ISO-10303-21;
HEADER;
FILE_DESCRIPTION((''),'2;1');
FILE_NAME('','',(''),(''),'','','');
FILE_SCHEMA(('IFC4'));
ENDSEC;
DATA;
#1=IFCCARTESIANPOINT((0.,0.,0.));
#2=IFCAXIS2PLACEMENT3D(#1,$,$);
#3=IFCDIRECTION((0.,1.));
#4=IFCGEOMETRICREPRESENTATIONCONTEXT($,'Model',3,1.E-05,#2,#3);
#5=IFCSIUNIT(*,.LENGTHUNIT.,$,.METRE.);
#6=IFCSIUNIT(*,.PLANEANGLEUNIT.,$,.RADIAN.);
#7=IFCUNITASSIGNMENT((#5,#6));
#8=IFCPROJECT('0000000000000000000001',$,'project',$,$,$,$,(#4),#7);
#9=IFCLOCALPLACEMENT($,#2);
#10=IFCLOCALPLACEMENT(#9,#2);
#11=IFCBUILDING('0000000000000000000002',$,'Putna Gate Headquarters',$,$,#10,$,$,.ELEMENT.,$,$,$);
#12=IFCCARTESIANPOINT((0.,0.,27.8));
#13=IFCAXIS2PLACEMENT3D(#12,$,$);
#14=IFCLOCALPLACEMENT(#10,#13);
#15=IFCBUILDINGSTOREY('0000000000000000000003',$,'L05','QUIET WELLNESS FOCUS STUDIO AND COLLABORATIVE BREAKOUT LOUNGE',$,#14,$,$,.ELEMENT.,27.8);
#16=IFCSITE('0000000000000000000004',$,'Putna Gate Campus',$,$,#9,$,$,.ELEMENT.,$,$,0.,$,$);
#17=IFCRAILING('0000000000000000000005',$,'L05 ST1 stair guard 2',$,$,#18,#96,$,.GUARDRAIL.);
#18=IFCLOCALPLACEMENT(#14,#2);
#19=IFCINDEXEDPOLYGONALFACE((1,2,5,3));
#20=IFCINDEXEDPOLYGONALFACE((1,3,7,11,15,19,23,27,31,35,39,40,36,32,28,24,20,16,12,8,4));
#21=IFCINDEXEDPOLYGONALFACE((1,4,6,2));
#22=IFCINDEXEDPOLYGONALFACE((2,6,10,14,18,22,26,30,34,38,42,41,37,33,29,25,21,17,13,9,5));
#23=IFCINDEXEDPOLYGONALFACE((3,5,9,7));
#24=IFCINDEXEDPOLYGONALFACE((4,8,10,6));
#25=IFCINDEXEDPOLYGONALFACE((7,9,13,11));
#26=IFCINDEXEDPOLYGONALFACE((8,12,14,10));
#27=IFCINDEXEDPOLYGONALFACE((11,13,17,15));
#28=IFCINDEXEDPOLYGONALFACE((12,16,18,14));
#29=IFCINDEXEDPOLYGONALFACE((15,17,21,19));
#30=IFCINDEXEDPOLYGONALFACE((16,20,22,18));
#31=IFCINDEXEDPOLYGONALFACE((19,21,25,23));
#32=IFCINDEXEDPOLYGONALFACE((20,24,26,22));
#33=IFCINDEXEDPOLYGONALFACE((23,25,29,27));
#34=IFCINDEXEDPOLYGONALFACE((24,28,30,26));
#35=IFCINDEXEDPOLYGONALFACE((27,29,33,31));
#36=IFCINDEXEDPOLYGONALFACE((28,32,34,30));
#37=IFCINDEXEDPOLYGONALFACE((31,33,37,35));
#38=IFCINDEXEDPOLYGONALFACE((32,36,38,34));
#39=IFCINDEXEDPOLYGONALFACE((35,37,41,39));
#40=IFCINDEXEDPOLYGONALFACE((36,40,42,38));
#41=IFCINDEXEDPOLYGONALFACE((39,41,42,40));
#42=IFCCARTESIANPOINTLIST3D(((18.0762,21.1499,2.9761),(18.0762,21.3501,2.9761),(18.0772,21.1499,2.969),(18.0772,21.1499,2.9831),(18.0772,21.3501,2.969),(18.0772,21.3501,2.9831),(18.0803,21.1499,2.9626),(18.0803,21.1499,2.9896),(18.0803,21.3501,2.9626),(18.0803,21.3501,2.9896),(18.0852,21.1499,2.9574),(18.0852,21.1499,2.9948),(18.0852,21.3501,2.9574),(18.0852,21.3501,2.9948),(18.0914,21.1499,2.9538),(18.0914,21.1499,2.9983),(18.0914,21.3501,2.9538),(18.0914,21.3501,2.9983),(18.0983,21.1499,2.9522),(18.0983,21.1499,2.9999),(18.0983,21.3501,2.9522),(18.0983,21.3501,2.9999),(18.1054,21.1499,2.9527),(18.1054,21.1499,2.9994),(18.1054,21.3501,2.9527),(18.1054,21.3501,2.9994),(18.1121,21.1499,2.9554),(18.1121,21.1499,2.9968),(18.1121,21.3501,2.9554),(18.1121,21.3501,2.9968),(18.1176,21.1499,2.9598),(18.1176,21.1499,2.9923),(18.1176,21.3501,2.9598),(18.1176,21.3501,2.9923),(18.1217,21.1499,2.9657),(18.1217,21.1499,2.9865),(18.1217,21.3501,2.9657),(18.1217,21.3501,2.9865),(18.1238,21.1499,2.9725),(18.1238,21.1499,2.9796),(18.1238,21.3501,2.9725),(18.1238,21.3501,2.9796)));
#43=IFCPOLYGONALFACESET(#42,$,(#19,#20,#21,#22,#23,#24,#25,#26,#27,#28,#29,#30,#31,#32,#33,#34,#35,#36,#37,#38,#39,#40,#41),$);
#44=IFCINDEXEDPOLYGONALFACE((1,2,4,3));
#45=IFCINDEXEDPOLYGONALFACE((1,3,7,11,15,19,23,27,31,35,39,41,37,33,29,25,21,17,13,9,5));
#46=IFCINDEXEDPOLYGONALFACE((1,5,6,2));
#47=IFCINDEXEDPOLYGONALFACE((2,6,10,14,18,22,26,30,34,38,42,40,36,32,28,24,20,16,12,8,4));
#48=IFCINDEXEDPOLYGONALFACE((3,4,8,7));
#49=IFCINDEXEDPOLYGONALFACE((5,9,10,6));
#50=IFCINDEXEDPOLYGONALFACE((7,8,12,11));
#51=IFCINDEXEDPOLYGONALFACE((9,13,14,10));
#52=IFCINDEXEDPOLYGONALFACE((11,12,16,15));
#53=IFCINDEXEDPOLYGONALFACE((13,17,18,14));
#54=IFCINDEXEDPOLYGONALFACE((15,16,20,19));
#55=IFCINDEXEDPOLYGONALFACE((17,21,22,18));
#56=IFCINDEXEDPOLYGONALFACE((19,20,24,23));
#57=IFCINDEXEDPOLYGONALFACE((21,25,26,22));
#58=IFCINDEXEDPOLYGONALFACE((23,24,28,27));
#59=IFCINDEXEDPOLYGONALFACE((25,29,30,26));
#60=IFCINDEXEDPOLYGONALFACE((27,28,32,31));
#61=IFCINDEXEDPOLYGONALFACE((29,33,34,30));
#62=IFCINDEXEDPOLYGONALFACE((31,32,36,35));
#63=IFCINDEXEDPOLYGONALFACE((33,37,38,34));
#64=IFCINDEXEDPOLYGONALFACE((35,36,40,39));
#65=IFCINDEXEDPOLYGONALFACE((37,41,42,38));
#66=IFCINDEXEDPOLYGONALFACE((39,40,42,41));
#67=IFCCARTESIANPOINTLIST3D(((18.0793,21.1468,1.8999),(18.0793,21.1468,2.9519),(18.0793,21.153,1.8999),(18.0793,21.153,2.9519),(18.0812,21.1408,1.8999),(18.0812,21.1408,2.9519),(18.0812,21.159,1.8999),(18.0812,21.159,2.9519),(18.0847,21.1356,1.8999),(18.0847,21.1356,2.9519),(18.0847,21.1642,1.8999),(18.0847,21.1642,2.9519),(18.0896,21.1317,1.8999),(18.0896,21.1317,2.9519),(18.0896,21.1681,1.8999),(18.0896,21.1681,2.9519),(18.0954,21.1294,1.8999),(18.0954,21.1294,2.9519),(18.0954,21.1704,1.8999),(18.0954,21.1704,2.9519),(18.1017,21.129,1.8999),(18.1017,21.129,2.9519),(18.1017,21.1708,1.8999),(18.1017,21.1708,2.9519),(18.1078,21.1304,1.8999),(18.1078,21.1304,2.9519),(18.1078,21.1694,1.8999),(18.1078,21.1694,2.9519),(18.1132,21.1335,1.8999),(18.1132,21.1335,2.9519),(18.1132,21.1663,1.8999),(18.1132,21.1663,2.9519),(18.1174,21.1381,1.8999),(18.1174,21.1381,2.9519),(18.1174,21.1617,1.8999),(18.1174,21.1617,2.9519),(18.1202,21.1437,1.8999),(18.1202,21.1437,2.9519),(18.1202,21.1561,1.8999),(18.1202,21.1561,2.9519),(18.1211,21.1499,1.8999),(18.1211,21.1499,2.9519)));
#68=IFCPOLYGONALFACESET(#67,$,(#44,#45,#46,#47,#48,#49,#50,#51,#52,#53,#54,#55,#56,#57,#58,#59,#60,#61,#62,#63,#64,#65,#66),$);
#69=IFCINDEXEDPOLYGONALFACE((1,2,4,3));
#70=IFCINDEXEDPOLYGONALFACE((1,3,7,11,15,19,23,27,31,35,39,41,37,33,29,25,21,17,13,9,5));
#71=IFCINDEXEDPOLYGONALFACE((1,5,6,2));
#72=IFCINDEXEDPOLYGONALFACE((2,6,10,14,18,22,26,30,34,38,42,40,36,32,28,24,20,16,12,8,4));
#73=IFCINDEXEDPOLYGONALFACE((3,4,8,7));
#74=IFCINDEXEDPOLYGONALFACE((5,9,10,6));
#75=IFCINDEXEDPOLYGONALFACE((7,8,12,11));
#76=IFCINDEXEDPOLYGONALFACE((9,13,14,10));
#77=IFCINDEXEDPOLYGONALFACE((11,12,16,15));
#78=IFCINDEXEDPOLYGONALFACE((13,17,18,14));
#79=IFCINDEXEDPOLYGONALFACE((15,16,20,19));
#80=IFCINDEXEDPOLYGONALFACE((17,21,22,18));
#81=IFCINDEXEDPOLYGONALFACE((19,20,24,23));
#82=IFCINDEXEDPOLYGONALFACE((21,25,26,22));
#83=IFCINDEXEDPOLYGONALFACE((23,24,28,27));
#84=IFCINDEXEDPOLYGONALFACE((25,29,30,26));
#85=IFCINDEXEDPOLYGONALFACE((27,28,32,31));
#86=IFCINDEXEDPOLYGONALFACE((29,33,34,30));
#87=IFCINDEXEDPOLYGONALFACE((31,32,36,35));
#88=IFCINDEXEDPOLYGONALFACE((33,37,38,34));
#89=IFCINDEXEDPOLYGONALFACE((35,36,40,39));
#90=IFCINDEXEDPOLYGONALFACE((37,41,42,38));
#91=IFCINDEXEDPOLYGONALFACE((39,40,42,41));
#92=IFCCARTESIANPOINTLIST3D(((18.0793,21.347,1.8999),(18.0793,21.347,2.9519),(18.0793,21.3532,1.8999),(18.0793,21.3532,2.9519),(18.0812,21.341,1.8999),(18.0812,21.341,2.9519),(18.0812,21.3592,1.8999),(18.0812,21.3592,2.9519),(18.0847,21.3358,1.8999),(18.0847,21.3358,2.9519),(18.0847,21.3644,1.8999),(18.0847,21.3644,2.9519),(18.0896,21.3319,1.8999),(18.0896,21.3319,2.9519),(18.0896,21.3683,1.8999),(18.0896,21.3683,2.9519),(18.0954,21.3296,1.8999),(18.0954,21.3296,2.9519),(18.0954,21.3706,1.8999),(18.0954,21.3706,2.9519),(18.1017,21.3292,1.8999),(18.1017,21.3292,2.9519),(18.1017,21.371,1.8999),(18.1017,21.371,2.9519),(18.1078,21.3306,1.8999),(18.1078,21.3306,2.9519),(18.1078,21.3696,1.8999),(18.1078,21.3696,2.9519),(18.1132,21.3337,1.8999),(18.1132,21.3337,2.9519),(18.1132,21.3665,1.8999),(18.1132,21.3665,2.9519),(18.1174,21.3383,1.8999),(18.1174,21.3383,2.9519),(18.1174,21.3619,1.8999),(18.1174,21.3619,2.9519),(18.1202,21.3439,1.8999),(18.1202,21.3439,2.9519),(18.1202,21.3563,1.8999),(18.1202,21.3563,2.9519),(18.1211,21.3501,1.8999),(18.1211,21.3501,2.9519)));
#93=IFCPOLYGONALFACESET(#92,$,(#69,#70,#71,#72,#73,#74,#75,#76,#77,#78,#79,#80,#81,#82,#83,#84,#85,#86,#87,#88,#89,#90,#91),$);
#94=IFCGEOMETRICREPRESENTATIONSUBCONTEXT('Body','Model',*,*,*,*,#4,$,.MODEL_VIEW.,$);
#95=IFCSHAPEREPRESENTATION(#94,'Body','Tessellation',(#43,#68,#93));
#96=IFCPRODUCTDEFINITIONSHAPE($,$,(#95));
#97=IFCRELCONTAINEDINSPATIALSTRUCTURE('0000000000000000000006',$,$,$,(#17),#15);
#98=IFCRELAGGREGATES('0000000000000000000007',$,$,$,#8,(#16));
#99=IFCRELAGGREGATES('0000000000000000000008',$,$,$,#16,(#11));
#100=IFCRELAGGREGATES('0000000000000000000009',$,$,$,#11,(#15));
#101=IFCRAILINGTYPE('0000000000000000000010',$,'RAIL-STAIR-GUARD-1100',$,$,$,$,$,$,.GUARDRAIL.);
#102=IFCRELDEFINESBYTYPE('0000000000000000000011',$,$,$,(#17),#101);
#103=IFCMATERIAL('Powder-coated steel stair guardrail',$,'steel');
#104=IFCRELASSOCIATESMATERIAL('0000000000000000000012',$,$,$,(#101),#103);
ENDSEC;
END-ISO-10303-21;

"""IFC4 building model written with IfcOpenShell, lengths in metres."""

from ifc_helpers import new_model, si_unit, direction, frame, origin, origin_2d, place, context, subcontext, project, spatial, circle, extrude, material, type_object, element, save


model = new_model("IFC4")

# Units and contexts
model_context = context("Model", 3, precision=1e-05, world=origin(), true_north=direction((0.0, 1.0)))
body_context = subcontext(model_context, "Body", "Model", "MODEL_VIEW")
ifc_project = project(units=[si_unit("LENGTHUNIT", "METRE"), si_unit("PLANEANGLEUNIT", "RADIAN")], contexts=[model_context])

# Site, building, storey
site_placement = place(None, origin())
site = spatial("IfcSite", under=ifc_project, at=site_placement, Name="Putna Gate Campus", CompositionType="ELEMENT", RefElevation=0.0)
building_placement = place(site_placement, origin())
building = spatial("IfcBuilding", under=site, at=building_placement, Name="Putna Gate Headquarters", CompositionType="ELEMENT")
storey_placement = place(building_placement, frame((0.0, 0.0, 27.8)))
storey = spatial("IfcBuildingStorey", under=building, at=storey_placement, Name="L05", Description="QUIET WELLNESS FOCUS STUDIO AND COLLABORATIVE BREAKOUT LOUNGE", CompositionType="ELEMENT", Elevation=27.8)

# Railing
ifc_material_1 = material(Name="Powder-coated steel stair guardrail", Category="steel")
railing_type_1 = type_object("IfcRailingType", Name="RAIL-STAIR-GUARD-1100", PredefinedType="GUARDRAIL", material=ifc_material_1)
railing_1_placement = place(storey_placement, frame((18.1001, 21.1499, 1.8999)))
element("IfcRailing", 1, at=railing_1_placement, inside=storey, type_object=railing_type_1, Name="L05 ST1 stair guard 2", PredefinedType="GUARDRAIL", context=body_context, shape_type="SweptSolid", body=[
    extrude(circle(Radius=0.0239, at=origin_2d()), frame((0.0, 0.0, 1.0762), z_axis=(0.0, 1.0, 0.0), x_axis=(-1.0, 0.0, 0.0)), (0.0, 0.0, 1.0), 0.2002),
    extrude(circle(Radius=0.021, at=origin_2d()), origin(), (0.0, 0.0, 1.0), 1.052),
    extrude(circle(Radius=0.021, at=origin_2d()), frame((0.0, 0.2002, 0.0)), (0.0, 0.0, 1.0), 1.052),
])

save(model, "model.ifc")
